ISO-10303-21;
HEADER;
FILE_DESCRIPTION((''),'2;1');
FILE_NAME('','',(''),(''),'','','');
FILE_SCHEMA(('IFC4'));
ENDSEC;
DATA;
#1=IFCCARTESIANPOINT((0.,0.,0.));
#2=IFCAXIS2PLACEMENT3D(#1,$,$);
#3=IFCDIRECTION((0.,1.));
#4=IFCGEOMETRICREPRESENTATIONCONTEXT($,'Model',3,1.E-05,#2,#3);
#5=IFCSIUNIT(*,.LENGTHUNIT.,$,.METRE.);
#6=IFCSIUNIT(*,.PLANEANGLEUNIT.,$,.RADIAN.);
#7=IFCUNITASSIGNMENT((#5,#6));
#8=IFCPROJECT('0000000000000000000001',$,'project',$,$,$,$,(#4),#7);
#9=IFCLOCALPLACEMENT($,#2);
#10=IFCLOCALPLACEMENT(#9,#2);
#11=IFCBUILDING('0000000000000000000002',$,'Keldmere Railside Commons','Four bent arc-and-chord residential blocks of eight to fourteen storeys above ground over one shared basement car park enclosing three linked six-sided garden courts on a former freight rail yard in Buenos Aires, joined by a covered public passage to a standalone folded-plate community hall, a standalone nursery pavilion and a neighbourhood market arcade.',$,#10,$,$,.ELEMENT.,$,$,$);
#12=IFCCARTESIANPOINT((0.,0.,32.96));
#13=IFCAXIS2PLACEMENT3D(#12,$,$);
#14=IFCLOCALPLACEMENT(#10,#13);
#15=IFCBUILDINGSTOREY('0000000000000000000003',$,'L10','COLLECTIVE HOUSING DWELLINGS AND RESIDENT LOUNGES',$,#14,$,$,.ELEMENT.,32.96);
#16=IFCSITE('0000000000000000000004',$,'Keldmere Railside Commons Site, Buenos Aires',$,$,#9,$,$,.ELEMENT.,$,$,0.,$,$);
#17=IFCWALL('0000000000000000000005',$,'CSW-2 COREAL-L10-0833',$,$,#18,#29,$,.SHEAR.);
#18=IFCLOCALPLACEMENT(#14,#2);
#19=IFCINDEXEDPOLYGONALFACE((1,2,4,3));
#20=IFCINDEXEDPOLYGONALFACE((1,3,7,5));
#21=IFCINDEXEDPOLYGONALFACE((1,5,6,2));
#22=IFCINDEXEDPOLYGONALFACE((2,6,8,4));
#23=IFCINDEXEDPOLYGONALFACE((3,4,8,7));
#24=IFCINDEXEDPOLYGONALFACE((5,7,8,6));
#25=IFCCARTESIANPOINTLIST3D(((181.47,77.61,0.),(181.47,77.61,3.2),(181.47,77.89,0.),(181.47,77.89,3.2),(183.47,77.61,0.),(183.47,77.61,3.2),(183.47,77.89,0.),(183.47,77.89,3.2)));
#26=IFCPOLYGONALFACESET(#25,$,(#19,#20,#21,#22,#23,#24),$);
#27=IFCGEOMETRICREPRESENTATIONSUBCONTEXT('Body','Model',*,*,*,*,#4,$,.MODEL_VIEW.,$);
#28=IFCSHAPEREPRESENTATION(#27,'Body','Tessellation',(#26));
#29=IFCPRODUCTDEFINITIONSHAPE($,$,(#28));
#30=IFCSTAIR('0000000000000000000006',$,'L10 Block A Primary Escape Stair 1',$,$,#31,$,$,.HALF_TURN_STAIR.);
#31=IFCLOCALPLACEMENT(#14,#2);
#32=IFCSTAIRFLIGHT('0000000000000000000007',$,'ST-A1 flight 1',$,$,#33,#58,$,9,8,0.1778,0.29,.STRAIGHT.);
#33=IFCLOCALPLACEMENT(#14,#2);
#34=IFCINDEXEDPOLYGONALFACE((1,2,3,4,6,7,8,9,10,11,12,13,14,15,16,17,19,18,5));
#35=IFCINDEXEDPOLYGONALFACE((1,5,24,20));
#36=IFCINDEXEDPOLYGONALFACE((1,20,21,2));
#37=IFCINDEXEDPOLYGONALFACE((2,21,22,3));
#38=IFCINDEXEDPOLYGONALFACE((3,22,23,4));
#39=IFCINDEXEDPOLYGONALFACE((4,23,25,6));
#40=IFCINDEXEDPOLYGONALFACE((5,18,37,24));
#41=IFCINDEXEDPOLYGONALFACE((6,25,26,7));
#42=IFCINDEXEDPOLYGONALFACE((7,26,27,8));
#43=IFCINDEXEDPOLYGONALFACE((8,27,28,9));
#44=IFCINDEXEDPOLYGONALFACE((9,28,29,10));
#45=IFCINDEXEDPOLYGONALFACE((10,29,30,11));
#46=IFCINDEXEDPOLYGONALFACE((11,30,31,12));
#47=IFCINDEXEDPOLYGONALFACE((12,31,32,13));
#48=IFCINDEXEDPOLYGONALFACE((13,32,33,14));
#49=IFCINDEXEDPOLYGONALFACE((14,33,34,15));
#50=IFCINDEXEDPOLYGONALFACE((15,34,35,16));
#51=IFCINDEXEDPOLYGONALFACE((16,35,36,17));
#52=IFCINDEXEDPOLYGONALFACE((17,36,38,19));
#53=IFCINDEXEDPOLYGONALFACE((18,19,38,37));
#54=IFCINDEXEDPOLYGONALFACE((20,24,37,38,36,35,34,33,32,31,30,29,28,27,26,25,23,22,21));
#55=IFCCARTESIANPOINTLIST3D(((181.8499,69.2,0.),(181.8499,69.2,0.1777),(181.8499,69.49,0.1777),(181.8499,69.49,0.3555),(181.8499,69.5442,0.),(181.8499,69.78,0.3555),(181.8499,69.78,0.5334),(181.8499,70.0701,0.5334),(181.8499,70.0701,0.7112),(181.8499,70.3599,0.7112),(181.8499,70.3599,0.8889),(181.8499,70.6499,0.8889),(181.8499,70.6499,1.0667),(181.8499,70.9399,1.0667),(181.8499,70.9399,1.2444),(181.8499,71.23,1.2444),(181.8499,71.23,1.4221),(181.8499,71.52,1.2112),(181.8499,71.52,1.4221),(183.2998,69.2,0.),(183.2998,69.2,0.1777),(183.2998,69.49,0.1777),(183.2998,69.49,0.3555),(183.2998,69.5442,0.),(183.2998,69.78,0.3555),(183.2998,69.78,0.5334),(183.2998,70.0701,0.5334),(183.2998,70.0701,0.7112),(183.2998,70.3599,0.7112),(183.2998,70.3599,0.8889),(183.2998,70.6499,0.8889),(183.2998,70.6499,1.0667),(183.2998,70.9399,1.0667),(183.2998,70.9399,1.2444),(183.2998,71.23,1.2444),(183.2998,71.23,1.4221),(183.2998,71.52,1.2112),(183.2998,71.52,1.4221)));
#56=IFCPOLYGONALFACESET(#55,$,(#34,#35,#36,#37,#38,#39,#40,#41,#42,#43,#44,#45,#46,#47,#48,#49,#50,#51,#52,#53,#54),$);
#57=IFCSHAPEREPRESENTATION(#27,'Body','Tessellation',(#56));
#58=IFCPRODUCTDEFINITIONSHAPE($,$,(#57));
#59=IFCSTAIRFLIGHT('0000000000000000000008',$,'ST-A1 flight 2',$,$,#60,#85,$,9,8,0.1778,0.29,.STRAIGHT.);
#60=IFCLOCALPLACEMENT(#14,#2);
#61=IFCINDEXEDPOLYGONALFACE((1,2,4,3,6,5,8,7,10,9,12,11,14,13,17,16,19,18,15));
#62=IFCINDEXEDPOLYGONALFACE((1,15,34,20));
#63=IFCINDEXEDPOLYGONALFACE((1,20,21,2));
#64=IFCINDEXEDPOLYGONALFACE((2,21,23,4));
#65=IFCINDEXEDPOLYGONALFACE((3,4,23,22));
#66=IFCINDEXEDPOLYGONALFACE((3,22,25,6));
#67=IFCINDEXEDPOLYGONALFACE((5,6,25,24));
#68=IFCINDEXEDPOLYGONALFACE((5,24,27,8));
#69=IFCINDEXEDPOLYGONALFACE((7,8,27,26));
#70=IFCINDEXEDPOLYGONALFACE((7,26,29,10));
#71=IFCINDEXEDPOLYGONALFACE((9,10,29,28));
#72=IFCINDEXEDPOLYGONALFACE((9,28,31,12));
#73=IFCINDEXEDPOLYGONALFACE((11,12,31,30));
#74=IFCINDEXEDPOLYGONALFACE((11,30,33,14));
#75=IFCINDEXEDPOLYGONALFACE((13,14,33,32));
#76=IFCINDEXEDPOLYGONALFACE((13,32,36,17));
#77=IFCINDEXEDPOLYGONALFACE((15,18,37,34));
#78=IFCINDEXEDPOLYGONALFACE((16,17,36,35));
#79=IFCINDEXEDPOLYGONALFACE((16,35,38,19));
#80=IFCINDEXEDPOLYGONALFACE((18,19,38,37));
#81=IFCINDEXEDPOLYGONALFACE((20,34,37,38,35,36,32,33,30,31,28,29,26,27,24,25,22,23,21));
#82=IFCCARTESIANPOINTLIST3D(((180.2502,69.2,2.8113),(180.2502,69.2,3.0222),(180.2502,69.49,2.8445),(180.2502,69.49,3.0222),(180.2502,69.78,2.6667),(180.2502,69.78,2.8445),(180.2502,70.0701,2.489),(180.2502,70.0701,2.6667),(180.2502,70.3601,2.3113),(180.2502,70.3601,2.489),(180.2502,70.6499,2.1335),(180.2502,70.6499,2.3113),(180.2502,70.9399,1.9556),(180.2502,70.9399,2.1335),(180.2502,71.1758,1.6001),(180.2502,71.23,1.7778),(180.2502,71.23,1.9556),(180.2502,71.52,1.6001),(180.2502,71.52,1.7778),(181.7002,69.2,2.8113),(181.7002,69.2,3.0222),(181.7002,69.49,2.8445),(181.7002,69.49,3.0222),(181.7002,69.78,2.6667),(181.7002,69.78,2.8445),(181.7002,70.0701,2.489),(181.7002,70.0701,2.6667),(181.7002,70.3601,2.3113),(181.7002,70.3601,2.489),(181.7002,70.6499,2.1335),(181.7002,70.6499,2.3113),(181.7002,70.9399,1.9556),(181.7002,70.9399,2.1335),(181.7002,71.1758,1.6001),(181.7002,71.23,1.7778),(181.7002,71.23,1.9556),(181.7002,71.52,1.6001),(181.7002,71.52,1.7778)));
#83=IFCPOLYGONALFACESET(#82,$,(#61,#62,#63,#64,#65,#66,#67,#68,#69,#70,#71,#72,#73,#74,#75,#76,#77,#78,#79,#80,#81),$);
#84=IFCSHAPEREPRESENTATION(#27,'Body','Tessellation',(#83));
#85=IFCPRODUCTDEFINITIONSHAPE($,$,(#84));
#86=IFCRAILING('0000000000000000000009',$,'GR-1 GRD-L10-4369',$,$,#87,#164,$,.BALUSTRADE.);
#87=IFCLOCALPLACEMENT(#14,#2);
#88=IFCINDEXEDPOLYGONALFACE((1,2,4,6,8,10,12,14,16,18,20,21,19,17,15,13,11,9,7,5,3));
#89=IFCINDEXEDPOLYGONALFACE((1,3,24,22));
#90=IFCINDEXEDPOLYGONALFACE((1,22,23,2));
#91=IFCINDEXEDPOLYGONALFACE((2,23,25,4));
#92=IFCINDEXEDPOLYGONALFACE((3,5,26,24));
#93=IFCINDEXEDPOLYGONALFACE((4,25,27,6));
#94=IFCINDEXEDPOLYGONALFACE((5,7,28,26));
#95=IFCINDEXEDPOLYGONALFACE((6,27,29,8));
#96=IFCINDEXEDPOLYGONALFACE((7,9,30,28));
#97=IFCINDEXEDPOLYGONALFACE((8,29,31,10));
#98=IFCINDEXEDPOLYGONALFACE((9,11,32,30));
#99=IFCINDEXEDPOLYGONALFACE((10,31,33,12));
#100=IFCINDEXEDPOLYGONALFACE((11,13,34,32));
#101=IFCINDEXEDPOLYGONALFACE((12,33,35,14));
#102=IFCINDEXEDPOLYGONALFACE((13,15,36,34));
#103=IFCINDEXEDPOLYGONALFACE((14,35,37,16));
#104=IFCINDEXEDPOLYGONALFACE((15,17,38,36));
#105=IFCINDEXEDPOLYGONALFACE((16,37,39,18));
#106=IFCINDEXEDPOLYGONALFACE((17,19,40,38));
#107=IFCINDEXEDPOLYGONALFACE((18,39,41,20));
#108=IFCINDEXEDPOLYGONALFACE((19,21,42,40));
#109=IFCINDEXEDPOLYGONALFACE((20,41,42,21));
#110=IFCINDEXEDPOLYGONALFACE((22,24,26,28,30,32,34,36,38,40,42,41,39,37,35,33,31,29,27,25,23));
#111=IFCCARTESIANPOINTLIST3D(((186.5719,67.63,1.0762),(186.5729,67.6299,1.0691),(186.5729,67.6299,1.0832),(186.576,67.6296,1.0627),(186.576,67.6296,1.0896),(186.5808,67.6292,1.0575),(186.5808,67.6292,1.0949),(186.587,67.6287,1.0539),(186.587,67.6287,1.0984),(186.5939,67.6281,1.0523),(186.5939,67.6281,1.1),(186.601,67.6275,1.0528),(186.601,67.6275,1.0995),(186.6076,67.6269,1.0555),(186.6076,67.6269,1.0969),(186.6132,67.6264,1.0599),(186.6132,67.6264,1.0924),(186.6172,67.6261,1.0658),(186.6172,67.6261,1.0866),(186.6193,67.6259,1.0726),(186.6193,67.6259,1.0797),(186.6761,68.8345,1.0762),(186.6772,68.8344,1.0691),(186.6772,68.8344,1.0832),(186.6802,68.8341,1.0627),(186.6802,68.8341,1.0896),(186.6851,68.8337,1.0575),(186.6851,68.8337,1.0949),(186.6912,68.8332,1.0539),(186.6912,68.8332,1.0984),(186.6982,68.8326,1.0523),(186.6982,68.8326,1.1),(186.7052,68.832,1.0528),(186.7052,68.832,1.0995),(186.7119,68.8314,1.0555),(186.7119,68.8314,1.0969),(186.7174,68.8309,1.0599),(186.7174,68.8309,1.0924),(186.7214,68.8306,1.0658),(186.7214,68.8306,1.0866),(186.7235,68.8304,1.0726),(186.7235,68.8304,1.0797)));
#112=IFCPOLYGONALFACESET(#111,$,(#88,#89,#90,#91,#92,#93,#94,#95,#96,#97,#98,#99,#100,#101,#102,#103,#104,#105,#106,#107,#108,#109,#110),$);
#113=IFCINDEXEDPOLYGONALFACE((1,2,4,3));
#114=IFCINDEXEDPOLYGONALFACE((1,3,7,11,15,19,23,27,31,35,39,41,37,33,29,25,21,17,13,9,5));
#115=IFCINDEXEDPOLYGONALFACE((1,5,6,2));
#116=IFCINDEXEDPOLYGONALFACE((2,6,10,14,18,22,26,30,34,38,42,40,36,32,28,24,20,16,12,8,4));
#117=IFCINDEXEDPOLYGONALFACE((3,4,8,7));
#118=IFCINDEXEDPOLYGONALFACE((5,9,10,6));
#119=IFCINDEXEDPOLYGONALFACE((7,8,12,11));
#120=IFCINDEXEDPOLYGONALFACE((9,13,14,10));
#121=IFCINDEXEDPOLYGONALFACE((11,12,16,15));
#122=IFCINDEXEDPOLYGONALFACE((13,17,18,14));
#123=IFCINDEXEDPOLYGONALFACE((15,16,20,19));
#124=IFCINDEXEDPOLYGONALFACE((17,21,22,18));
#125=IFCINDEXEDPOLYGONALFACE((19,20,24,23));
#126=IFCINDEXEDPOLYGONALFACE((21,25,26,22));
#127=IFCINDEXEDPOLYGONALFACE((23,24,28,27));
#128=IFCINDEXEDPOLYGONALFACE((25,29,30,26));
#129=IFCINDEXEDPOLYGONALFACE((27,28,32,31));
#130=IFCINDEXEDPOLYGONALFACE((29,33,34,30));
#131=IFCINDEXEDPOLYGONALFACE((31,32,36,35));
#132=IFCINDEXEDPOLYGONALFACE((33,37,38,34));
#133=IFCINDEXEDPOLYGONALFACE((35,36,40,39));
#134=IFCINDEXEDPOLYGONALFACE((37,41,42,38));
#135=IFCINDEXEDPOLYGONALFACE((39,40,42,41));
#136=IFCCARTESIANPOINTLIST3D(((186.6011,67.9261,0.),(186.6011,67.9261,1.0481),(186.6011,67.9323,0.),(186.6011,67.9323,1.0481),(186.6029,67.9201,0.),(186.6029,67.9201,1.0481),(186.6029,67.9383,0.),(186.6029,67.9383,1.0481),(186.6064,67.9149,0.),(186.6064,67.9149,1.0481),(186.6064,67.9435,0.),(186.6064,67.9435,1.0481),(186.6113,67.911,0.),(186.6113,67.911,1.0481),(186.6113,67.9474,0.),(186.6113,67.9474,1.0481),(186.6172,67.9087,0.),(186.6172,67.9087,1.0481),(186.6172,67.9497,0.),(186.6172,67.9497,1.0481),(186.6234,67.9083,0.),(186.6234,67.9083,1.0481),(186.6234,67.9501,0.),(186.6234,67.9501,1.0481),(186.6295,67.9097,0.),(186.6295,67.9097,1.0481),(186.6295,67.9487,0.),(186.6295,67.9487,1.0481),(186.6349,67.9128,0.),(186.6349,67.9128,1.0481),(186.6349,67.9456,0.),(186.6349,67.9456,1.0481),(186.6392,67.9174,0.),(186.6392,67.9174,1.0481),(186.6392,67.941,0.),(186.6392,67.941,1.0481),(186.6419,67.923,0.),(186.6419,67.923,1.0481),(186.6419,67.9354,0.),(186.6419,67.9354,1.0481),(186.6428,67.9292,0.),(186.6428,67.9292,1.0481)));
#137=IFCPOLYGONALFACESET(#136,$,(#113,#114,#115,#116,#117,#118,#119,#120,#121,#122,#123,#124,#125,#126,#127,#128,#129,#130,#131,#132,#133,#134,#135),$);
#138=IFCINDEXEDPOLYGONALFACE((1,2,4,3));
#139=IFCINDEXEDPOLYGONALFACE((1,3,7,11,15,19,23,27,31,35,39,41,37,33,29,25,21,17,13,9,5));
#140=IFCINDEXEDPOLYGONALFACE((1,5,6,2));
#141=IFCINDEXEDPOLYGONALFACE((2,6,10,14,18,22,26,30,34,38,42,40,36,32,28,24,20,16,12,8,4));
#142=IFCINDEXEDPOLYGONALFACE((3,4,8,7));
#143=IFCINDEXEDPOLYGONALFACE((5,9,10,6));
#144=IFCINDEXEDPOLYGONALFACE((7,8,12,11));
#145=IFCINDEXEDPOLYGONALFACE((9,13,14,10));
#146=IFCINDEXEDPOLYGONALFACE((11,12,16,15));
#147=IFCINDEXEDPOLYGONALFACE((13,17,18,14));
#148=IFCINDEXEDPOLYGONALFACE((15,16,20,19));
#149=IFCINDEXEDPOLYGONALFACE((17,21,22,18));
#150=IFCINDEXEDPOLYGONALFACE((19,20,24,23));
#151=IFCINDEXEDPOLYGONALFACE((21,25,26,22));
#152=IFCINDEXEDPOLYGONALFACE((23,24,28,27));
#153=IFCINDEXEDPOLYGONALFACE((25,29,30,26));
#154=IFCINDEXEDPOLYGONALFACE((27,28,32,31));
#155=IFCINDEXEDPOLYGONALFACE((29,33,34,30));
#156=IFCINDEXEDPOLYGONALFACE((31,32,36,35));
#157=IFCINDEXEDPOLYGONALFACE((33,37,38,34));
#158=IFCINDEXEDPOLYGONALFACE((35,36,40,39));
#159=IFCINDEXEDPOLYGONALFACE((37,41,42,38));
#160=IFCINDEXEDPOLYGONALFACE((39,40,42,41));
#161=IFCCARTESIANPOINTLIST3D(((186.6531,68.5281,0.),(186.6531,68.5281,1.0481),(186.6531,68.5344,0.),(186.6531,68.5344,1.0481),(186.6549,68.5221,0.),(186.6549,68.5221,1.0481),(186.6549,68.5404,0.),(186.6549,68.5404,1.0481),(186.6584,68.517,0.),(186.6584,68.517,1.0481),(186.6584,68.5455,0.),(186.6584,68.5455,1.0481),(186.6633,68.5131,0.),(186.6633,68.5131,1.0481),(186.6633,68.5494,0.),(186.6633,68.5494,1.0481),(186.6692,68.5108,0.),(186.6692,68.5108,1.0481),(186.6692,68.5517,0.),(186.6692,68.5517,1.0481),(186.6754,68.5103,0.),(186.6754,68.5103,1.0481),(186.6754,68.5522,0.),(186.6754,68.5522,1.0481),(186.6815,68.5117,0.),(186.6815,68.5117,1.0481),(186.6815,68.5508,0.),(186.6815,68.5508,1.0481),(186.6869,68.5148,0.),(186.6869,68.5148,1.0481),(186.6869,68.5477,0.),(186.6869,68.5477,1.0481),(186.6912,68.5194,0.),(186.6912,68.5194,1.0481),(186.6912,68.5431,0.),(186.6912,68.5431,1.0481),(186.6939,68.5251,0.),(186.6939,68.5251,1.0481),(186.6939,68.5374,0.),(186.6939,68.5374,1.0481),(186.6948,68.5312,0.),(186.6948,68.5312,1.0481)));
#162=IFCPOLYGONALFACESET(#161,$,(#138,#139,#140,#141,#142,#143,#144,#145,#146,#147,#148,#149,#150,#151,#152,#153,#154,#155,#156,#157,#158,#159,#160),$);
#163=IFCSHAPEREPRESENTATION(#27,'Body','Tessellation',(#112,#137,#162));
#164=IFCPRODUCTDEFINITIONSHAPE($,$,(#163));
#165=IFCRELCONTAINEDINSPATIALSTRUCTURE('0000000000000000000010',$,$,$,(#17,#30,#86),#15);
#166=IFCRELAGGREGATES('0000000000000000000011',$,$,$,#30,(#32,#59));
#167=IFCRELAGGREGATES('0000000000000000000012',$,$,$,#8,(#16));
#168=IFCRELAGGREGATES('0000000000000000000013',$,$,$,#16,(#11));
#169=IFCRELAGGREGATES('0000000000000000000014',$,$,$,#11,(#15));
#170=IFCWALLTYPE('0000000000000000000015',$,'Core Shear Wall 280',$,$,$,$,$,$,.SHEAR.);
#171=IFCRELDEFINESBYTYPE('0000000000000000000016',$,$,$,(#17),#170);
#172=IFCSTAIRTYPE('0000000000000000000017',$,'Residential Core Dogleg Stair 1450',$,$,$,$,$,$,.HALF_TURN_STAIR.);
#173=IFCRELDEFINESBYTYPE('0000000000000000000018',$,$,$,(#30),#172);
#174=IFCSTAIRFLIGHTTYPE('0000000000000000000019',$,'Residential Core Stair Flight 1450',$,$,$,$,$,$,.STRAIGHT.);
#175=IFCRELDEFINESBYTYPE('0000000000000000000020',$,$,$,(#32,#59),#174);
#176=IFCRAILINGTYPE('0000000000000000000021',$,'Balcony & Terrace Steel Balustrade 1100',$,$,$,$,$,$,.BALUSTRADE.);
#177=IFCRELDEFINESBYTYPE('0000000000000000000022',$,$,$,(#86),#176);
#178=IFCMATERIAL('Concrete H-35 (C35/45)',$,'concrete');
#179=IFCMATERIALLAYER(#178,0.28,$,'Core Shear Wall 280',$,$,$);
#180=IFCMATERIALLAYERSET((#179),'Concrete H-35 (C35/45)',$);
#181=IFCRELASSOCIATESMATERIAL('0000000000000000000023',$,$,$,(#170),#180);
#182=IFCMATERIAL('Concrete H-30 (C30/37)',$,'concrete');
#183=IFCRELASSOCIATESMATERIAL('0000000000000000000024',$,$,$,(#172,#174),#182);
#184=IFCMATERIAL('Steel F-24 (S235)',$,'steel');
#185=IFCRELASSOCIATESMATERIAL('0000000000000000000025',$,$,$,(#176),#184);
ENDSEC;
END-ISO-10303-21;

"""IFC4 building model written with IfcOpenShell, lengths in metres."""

from ifc_helpers import new_model, si_unit, direction, frame, frame_2d, origin, origin_2d, place, context, subcontext, project, spatial, polyline, rectangle, circle, outline, extrude, material, layer, layer_set, type_object, element, aggregate, save


model = new_model("IFC4")

# Units and contexts
model_context = context("Model", 3, precision=1e-05, world=origin(), true_north=direction((0.0, 1.0)))
body_context = subcontext(model_context, "Body", "Model", "MODEL_VIEW")
ifc_project = project(units=[si_unit("LENGTHUNIT", "METRE"), si_unit("PLANEANGLEUNIT", "RADIAN")], contexts=[model_context])

# Site, building, storey
site_placement = place(None, origin())
site = spatial("IfcSite", under=ifc_project, at=site_placement, Name="Keldmere Railside Commons Site, Buenos Aires", CompositionType="ELEMENT", RefElevation=0.0)
building_placement = place(site_placement, origin())
building = spatial("IfcBuilding", under=site, at=building_placement, Name="Keldmere Railside Commons", Description="Four bent arc-and-chord residential blocks of eight to fourteen storeys above ground over one shared basement car park enclosing three linked six-sided garden courts on a former freight rail yard in Buenos Aires, joined by a covered public passage to a standalone folded-plate community hall, a standalone nursery pavilion and a neighbourhood market arcade.", CompositionType="ELEMENT")
storey_placement = place(building_placement, frame((0.0, 0.0, 32.96)))
storey = spatial("IfcBuildingStorey", under=building, at=storey_placement, Name="L10", Description="COLLECTIVE HOUSING DWELLINGS AND RESIDENT LOUNGES", CompositionType="ELEMENT", Elevation=32.96)

# Wall
ifc_material_1 = material(Name="Concrete H-35 (C35/45)", Category="concrete")
ifc_layer = layer(ifc_material_1, 0.28, Name="Core Shear Wall 280")
ifc_layer_set = layer_set([ifc_layer], Name="Concrete H-35 (C35/45)")
wall_type = type_object("IfcWallType", Name="Core Shear Wall 280", PredefinedType="SHEAR", material=ifc_layer_set)
wall_1_placement = place(storey_placement, frame((181.47, 77.75, 0.0), z_axis=(0.0, 0.0, 1.0), x_axis=(1.0, 0.0, 0.0)))
element("IfcWall", 1, at=wall_1_placement, inside=storey, type_object=wall_type, Name="CSW-2 COREAL-L10-0833", PredefinedType="SHEAR", context=body_context, shape_type="SweptSolid", body=[
    extrude(rectangle(XDim=2.0, YDim=0.28, at=frame_2d((1.0, 0.0))), origin(), (0.0, 0.0, 1.0), 3.2),
])

# Shared definitions
ifc_material_2 = material(Name="Steel F-24 (S235)", Category="steel")

# Stair, stair flights
ifc_material_3 = material(Name="Concrete H-30 (C30/37)", Category="concrete")
stair_type = type_object("IfcStairType", Name="Residential Core Dogleg Stair 1450", PredefinedType="HALF_TURN_STAIR", material=ifc_material_3)
stair_placement = place(storey_placement, origin())
stair = element("IfcStair", 2, at=stair_placement, inside=storey, type_object=stair_type, Name="L10 Block A Primary Escape Stair 1", PredefinedType="HALF_TURN_STAIR")
stair_flight_type = type_object("IfcStairFlightType", Name="Residential Core Stair Flight 1450", PredefinedType="STRAIGHT", material=ifc_material_3)
stair_flight_1_placement = place(storey_placement, frame((182.575, 69.2, 0.0), z_axis=(0.0, 0.0, 1.0), x_axis=(0.0, 1.0, 0.0)))
stair_flight_1 = element("IfcStairFlight", 3, at=stair_flight_1_placement, type_object=stair_flight_type, Name="ST-A1 flight 1", NumberOfRisers=9, NumberOfTreads=8, PredefinedType="STRAIGHT", RiserHeight=0.1778, TreadLength=0.29, context=body_context, shape_type="SweptSolid", body=[
    extrude(outline(polyline([(0.0, 0.0), (0.0, 0.1777), (0.29, 0.1777), (0.29, 0.3555), (0.5801, 0.3555), (0.5801, 0.5334), (0.8701, 0.5334), (0.8701, 0.7112), (1.1599, 0.7112), (1.1599, 0.8889), (1.45, 0.8889), (1.45, 1.0667), (1.74, 1.0667), (1.74, 1.2444), (2.03, 1.2444), (2.03, 1.4221), (2.3201, 1.4221), (2.3201, 1.6001), (2.3201, 1.2112), (0.3442, 0.0), (0.0, 0.0)])), frame((0.0, 0.7251, 0.0), z_axis=(0.0, -1.0, 0.0), x_axis=(1.0, 0.0, 0.0)), (0.0, 0.0, 1.0), 1.45),
])
stair_flight_2_placement = place(storey_placement, frame((180.9751, 71.52, 1.6001), z_axis=(0.0, 0.0, 1.0), x_axis=(0.0, -1.0, 0.0)))
stair_flight_2 = element("IfcStairFlight", 4, at=stair_flight_2_placement, type_object=stair_flight_type, Name="ST-A1 flight 2", NumberOfRisers=9, NumberOfTreads=8, PredefinedType="STRAIGHT", RiserHeight=0.1778, TreadLength=0.29, context=body_context, shape_type="SweptSolid", body=[
    extrude(outline(polyline([(0.0, 0.0), (0.0, 0.1777), (0.29, 0.1777), (0.29, 0.3555), (0.5801, 0.3555), (0.5801, 0.5334), (0.8701, 0.5334), (0.8701, 0.7112), (1.1599, 0.7112), (1.1599, 0.8889), (1.45, 0.8889), (1.45, 1.0667), (1.74, 1.0667), (1.74, 1.2444), (2.03, 1.2444), (2.03, 1.4221), (2.3201, 1.4221), (2.3201, 1.6001), (2.3201, 1.2112), (0.3442, 0.0), (0.0, 0.0)])), frame((0.0, 0.7251, 0.0), z_axis=(0.0, -1.0, 0.0), x_axis=(1.0, 0.0, 0.0)), (0.0, 0.0, 1.0), 1.45),
])
aggregate(stair, [stair_flight_1, stair_flight_2])

# Railing
railing_type_1 = type_object("IfcRailingType", Name="Balcony & Terrace Steel Balustrade 1100", PredefinedType="BALUSTRADE", material=ifc_material_2)
railing_1_placement = place(storey_placement, frame((186.5957, 67.6279, 0.0)))
element("IfcRailing", 5, at=railing_1_placement, inside=storey, type_object=railing_type_1, Name="GR-1 GRD-L10-4369", PredefinedType="BALUSTRADE", context=body_context, shape_type="SweptSolid", body=[
    extrude(circle(Radius=0.0239, at=origin_2d()), frame((0.0, 0.0, 1.0762), z_axis=(0.08622, 0.996276, 0.0), x_axis=(-0.996276, 0.08622, 0.0)), (0.0, 0.0, 1.0), 1.209),
    extrude(circle(Radius=0.021, at=origin_2d()), frame((0.0261, 0.3013, 0.0)), (0.0, 0.0, 1.0), 1.0481),
    extrude(circle(Radius=0.021, at=origin_2d()), frame((0.0781, 0.9033, 0.0)), (0.0, 0.0, 1.0), 1.0481),
])

save(model, "model.ifc")
